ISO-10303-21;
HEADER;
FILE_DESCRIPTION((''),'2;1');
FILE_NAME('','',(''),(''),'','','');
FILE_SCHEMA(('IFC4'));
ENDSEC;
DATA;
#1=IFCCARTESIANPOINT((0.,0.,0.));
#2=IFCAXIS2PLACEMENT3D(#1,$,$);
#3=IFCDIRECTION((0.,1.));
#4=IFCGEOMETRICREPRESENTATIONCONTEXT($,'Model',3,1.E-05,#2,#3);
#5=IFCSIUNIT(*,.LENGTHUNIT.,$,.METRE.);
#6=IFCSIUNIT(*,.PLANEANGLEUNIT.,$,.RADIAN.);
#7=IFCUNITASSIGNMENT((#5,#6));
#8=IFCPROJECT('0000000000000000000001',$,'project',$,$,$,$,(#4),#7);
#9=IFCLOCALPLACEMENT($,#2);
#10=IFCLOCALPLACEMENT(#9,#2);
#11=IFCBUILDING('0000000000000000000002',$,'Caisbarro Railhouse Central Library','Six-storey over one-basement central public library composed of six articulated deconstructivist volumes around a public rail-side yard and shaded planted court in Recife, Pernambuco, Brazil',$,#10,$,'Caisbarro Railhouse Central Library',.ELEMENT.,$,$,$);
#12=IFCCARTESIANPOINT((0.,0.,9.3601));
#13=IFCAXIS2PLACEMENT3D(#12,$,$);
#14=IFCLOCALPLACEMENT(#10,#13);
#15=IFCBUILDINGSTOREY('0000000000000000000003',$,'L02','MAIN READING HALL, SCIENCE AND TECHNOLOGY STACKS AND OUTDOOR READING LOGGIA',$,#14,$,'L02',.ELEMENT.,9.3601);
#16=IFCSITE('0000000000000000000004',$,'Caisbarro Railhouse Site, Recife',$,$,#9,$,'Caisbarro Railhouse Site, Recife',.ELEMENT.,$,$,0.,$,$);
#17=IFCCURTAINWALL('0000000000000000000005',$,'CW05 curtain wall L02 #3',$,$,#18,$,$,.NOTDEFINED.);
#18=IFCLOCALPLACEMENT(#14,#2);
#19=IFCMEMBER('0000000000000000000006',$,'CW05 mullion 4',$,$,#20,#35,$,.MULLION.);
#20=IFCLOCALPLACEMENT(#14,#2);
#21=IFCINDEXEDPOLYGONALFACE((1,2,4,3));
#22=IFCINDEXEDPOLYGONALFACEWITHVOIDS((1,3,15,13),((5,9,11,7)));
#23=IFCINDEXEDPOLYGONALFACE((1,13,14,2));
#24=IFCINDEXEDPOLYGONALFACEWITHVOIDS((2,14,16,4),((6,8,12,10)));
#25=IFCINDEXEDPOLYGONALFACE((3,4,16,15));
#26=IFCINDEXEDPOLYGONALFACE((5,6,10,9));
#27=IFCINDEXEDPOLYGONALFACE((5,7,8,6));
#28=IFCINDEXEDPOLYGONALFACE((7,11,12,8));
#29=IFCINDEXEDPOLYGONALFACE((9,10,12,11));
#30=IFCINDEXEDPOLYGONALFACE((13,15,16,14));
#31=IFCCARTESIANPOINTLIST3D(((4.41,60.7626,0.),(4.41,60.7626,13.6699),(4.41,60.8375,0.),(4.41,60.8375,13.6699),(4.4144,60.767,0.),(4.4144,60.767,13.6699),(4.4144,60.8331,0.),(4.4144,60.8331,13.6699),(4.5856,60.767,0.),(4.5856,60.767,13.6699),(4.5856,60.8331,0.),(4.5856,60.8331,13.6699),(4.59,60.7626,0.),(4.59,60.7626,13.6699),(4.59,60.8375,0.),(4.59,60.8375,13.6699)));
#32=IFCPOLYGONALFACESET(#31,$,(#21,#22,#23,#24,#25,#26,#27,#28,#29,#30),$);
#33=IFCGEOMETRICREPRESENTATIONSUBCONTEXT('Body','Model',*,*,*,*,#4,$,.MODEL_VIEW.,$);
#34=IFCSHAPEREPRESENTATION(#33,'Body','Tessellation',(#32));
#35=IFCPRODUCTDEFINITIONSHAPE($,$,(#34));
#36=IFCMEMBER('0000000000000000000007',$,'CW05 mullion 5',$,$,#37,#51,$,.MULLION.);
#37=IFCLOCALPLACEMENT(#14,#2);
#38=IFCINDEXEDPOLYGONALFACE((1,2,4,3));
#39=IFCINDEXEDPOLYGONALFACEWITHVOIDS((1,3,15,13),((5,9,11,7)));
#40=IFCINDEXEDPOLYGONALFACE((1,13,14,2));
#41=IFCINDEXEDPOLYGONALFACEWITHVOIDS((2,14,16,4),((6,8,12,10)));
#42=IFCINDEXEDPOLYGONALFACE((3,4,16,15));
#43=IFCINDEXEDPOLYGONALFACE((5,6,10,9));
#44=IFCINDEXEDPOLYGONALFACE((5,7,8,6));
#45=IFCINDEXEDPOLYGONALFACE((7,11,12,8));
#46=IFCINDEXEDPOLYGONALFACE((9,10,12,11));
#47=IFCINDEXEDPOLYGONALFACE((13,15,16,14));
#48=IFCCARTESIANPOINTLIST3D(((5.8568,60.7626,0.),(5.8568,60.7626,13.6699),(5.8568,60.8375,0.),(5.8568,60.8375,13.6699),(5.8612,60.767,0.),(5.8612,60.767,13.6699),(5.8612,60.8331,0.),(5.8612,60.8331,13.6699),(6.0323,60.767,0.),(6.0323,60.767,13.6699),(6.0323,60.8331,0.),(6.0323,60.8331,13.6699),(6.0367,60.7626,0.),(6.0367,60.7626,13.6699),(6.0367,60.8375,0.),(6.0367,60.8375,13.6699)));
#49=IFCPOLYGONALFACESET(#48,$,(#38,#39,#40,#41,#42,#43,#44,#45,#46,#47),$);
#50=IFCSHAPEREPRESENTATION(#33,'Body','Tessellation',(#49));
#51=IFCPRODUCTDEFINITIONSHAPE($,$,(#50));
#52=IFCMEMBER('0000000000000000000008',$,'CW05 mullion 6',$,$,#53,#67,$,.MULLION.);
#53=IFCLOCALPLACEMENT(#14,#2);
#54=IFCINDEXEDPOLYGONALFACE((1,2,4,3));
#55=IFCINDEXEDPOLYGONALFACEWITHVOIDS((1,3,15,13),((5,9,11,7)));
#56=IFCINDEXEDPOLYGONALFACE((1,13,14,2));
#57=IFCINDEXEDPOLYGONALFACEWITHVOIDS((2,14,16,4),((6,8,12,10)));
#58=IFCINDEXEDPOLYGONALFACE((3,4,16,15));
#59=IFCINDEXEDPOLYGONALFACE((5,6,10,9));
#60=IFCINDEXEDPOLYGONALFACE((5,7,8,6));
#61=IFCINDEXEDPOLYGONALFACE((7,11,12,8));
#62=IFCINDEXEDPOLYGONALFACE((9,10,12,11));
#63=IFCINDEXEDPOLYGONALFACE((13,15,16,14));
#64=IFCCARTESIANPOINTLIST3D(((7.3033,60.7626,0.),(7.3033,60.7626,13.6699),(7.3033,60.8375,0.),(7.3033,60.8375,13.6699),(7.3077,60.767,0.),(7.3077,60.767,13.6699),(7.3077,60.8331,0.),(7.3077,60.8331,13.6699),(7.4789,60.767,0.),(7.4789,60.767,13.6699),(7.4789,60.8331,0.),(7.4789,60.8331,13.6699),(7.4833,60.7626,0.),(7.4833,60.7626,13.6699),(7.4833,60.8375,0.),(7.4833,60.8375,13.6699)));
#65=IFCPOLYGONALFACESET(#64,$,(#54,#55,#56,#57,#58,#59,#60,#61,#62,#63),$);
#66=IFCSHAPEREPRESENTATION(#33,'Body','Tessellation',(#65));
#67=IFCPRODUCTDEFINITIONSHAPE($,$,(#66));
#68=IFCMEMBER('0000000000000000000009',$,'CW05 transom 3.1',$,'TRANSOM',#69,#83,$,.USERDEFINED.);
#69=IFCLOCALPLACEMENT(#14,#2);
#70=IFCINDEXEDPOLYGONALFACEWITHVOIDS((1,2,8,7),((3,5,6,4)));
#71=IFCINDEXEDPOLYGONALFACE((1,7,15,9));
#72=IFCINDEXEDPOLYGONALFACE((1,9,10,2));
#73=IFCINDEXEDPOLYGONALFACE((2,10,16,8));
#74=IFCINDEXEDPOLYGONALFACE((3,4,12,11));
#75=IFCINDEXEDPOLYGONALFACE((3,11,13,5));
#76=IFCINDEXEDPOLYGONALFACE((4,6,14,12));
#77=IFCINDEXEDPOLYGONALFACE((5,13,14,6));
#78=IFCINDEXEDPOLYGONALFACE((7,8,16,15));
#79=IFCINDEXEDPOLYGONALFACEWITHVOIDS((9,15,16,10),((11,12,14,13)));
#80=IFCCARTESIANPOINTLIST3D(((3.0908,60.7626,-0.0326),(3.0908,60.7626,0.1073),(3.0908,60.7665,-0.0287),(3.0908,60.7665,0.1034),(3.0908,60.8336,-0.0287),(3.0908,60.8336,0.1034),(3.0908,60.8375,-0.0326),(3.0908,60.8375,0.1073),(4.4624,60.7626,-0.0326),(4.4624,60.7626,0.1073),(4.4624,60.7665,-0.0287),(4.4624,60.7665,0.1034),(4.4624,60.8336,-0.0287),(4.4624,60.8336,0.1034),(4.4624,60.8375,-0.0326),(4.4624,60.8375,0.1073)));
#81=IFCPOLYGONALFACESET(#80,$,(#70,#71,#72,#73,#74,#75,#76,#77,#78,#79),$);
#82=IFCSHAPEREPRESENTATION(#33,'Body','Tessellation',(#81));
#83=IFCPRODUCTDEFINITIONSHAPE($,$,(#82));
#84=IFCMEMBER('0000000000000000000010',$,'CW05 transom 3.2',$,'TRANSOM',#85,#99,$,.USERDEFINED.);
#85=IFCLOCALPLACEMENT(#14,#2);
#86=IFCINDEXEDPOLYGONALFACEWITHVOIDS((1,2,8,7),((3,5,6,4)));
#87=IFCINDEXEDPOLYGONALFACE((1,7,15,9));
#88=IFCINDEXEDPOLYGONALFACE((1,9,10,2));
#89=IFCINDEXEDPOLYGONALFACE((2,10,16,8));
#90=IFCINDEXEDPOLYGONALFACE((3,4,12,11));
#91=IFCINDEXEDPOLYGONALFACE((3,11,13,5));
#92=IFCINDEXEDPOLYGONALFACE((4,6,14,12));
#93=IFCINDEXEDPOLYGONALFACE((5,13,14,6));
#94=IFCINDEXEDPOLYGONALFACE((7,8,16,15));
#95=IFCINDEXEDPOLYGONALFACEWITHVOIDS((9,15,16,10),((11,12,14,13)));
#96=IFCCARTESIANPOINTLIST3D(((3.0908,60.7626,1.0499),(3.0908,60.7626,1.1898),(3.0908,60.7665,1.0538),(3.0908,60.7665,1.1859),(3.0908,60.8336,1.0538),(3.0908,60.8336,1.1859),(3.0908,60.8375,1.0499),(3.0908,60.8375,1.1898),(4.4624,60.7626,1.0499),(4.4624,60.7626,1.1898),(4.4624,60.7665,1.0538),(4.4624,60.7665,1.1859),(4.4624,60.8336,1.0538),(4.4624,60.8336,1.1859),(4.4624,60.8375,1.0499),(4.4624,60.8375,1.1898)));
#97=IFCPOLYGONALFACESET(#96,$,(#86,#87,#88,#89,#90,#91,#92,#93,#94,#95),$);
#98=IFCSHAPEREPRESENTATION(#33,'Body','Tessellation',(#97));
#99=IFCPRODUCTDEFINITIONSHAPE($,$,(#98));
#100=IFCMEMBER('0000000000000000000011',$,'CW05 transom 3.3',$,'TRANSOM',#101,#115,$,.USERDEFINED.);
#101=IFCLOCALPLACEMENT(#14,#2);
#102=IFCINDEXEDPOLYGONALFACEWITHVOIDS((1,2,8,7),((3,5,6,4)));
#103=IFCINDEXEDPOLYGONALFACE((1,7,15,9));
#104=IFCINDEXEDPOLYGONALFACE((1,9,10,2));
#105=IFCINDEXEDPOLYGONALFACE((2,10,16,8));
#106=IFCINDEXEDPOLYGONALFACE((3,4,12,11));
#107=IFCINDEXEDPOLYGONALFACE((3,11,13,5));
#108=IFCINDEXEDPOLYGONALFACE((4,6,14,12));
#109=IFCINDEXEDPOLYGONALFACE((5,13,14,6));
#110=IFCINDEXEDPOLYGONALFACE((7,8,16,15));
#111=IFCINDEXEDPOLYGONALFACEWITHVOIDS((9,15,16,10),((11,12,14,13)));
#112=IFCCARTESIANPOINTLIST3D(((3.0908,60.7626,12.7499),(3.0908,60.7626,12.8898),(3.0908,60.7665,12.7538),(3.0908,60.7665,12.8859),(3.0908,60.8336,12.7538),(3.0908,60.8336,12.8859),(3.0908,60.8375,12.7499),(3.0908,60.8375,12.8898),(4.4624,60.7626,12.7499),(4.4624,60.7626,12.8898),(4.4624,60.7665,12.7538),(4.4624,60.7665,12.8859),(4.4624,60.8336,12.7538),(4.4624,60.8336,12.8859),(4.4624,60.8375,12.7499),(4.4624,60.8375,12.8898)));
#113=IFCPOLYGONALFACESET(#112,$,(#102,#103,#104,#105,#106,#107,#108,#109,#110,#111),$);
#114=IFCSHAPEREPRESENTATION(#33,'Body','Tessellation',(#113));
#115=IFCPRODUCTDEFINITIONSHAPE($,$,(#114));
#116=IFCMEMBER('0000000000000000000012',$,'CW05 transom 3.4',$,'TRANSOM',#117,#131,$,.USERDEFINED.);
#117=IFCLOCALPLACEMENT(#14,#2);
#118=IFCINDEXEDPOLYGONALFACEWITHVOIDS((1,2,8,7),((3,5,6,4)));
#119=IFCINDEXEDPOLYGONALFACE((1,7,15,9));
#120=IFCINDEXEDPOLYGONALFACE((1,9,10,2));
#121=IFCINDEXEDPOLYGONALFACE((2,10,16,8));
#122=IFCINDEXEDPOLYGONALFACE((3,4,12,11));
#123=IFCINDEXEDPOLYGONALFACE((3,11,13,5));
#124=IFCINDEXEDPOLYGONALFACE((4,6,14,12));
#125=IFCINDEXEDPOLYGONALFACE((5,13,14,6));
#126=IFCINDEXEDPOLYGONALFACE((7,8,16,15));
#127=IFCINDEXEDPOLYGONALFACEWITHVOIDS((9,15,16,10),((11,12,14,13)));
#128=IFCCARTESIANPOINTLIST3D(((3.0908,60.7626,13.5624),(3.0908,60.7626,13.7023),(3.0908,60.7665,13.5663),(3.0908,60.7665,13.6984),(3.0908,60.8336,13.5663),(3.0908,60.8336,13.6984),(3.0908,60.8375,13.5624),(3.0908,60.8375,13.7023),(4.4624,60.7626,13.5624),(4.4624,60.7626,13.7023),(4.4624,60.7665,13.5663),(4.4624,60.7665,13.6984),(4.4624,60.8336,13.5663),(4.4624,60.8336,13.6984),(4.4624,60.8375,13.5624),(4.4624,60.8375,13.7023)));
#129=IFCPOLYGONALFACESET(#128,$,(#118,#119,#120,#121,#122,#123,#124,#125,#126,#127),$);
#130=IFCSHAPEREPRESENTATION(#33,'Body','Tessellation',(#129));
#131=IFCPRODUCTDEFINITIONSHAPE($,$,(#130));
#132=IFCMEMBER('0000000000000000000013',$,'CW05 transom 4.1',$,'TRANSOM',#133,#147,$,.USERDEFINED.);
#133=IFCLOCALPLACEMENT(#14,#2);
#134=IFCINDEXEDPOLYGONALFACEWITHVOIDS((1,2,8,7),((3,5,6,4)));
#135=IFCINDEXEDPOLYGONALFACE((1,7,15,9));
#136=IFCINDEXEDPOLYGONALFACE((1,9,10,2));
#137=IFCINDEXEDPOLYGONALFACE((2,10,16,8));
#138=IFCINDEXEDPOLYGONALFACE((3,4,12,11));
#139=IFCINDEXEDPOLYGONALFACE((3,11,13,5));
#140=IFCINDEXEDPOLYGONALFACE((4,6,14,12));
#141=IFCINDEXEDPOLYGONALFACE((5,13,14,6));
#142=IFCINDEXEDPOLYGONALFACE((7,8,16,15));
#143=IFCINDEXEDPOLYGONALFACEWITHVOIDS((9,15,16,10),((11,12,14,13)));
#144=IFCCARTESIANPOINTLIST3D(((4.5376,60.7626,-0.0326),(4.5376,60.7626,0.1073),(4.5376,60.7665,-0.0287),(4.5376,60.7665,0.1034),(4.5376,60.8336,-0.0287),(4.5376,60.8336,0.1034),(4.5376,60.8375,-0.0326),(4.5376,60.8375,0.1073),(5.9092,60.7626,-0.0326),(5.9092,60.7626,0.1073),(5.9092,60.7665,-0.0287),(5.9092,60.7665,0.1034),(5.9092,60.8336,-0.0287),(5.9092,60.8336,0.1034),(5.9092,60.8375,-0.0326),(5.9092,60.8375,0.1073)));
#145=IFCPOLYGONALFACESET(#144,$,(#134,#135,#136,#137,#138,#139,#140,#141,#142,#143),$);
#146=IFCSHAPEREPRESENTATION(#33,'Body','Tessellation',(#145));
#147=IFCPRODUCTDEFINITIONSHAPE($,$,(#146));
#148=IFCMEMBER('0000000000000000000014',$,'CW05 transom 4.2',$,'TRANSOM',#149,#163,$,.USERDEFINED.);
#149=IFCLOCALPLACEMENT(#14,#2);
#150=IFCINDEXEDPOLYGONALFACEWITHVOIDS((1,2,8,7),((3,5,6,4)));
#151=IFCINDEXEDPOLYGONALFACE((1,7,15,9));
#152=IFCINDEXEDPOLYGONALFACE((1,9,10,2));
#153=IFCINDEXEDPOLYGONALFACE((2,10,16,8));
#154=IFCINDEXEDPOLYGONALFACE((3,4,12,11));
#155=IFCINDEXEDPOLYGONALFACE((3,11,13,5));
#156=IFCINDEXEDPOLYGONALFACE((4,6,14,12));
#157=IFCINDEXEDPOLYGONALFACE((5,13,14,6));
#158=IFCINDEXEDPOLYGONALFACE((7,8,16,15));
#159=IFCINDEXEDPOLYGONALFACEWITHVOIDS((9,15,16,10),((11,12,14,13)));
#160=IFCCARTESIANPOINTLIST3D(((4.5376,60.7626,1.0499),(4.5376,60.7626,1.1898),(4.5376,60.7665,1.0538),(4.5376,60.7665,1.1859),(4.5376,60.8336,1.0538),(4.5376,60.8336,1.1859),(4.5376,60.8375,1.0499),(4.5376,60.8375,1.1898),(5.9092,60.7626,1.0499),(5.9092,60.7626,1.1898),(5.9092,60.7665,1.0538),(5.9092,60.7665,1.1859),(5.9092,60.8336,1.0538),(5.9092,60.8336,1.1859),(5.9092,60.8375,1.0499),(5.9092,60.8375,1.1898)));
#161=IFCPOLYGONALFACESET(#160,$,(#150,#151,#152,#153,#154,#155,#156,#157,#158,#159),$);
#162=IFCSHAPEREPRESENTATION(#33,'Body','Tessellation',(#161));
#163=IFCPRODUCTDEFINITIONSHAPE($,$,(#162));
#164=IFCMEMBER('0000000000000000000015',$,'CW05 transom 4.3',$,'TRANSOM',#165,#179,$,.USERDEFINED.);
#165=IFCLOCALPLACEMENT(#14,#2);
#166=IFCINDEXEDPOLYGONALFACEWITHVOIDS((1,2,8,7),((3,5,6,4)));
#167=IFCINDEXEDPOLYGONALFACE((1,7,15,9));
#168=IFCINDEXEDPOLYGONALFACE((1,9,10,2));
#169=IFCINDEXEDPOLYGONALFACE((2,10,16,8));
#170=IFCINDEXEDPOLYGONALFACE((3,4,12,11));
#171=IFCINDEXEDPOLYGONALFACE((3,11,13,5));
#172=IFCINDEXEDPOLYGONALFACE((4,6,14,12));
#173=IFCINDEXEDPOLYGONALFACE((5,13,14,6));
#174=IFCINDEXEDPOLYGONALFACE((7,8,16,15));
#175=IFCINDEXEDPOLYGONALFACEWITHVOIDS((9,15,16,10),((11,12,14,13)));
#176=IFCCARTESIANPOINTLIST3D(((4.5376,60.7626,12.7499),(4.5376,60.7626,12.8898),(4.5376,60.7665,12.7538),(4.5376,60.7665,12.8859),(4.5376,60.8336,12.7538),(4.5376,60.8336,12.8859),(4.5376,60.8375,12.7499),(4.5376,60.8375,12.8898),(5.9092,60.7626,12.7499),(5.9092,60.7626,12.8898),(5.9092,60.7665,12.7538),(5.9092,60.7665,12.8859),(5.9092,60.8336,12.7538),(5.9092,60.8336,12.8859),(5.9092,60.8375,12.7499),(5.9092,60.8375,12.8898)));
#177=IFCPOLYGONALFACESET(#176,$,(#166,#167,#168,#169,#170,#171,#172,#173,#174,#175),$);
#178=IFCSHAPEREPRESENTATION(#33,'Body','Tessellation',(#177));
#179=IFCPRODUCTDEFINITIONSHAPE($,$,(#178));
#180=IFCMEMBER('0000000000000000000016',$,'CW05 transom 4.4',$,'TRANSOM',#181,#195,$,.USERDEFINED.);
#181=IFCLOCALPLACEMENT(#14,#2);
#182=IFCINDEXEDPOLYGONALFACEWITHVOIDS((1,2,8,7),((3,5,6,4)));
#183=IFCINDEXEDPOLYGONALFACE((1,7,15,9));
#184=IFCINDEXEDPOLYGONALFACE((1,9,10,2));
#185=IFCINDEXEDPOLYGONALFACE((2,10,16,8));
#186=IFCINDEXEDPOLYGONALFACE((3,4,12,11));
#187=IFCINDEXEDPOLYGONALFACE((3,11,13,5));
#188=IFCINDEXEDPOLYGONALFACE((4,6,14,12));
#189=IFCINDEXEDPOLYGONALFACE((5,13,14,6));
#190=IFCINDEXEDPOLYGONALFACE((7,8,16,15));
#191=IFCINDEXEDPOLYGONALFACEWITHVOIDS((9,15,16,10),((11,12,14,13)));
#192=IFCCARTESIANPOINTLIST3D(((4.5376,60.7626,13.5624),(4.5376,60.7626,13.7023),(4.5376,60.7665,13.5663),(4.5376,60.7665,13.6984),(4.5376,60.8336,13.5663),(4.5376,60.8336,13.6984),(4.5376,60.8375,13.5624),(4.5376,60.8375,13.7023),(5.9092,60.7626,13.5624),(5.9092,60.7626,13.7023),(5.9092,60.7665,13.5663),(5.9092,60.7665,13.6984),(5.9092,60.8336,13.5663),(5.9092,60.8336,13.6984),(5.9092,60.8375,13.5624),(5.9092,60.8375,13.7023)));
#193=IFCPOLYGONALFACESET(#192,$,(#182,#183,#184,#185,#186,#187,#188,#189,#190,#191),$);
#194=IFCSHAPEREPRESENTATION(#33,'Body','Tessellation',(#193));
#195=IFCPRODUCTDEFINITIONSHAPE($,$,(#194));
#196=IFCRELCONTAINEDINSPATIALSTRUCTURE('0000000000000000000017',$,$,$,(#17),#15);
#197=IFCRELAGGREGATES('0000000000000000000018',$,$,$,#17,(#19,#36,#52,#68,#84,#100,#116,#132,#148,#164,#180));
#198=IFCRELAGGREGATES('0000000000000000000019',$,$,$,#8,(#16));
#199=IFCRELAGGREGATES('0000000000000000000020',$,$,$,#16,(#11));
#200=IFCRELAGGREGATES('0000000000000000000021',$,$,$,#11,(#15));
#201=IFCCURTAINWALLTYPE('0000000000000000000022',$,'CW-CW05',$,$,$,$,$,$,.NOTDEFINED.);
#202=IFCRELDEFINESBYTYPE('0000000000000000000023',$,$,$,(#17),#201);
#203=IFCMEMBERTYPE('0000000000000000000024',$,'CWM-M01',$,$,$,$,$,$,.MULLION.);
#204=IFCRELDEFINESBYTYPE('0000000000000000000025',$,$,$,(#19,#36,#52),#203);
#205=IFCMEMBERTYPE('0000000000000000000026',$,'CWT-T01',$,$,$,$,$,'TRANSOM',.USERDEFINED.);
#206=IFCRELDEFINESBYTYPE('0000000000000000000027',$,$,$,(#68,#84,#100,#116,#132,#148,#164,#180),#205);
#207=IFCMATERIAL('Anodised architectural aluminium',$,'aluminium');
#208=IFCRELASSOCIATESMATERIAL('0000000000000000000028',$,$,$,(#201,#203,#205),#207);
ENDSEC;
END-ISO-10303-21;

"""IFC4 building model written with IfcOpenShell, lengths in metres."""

from ifc_helpers import new_model, si_unit, direction, frame, origin, origin_2d, place, context, subcontext, project, spatial, hollow_rectangle, extrude, material, material_profile, profile_set, type_object, element, aggregate, save


model = new_model("IFC4")

# Units and contexts
model_context = context("Model", 3, precision=1e-05, world=origin(), true_north=direction((0.0, 1.0)))
body_context = subcontext(model_context, "Body", "Model", "MODEL_VIEW")
ifc_project = project(units=[si_unit("LENGTHUNIT", "METRE"), si_unit("PLANEANGLEUNIT", "RADIAN")], contexts=[model_context])

# Site, building, storey
site_placement = place(None, origin())
site = spatial("IfcSite", under=ifc_project, at=site_placement, Name="Caisbarro Railhouse Site, Recife", LongName="Caisbarro Railhouse Site, Recife", CompositionType="ELEMENT", RefElevation=0.0)
building_placement = place(site_placement, origin())
building = spatial("IfcBuilding", under=site, at=building_placement, Name="Caisbarro Railhouse Central Library", Description="Six-storey over one-basement central public library composed of six articulated deconstructivist volumes around a public rail-side yard and shaded planted court in Recife, Pernambuco, Brazil", LongName="Caisbarro Railhouse Central Library", CompositionType="ELEMENT")
storey_placement = place(building_placement, frame((0.0, 0.0, 9.3601)))
storey = spatial("IfcBuildingStorey", under=building, at=storey_placement, Name="L02", Description="MAIN READING HALL, SCIENCE AND TECHNOLOGY STACKS AND OUTDOOR READING LOGGIA", LongName="L02", CompositionType="ELEMENT", Elevation=9.3601)

# Curtain wall, members
ifc_material_1 = material(Name="Anodised architectural aluminium", Category="aluminium")
curtain_wall_type = type_object("IfcCurtainWallType", Name="CW-CW05", PredefinedType="NOTDEFINED", material=ifc_material_1)
curtain_wall_placement = place(storey_placement, origin())
curtain_wall = element("IfcCurtainWall", 1, at=curtain_wall_placement, inside=storey, type_object=curtain_wall_type, Name="CW05 curtain wall L02 #3", PredefinedType="NOTDEFINED")
ifc_material_profile_1 = material_profile(ifc_material_1, hollow_rectangle(XDim=0.075, YDim=0.1799, WallThickness=0.0044, at=origin_2d()), Name="ALU-MUL-75X180")
ifc_profile_set_1 = profile_set([ifc_material_profile_1], Name="Anodised architectural aluminium")
member_type_1 = type_object("IfcMemberType", Name="CWM-M01", PredefinedType="MULLION", material=ifc_profile_set_1)
member_1_placement = place(storey_placement, frame((4.5, 60.8, 0.0), z_axis=(0.0, 0.0, 1.0), x_axis=(0.0, 1.0, 0.0)))
member_1 = element("IfcMember", 2, at=member_1_placement, type_object=member_type_1, Name="CW05 mullion 4", PredefinedType="MULLION", context=body_context, shape_type="SweptSolid", body=[
    extrude(hollow_rectangle(XDim=0.075, YDim=0.1799, WallThickness=0.0044, at=origin_2d()), origin(), (0.0, 0.0, 1.0), 13.6699),
])
member_2_placement = place(storey_placement, frame((5.9468, 60.8, 0.0), z_axis=(0.0, 0.0, 1.0), x_axis=(0.0, 1.0, 0.0)))
member_2 = element("IfcMember", 3, at=member_2_placement, type_object=member_type_1, Name="CW05 mullion 5", PredefinedType="MULLION", context=body_context, shape_type="SweptSolid", body=[
    extrude(hollow_rectangle(XDim=0.075, YDim=0.1799, WallThickness=0.0044, at=origin_2d()), origin(), (0.0, 0.0, 1.0), 13.6699),
])
member_3_placement = place(storey_placement, frame((7.3933, 60.8, 0.0), z_axis=(0.0, 0.0, 1.0), x_axis=(0.0, 1.0, 0.0)))
member_3 = element("IfcMember", 4, at=member_3_placement, type_object=member_type_1, Name="CW05 mullion 6", PredefinedType="MULLION", context=body_context, shape_type="SweptSolid", body=[
    extrude(hollow_rectangle(XDim=0.075, YDim=0.1799, WallThickness=0.0044, at=origin_2d()), origin(), (0.0, 0.0, 1.0), 13.6699),
])
ifc_material_profile_2 = material_profile(ifc_material_1, hollow_rectangle(XDim=0.075, YDim=0.1399, WallThickness=0.0039, at=origin_2d()), Name="ALU-TRN-75X140")
ifc_profile_set_2 = profile_set([ifc_material_profile_2], Name="Anodised architectural aluminium")
member_type_2 = type_object("IfcMemberType", Name="CWT-T01", ElementType="TRANSOM", PredefinedType="USERDEFINED", material=ifc_profile_set_2)
member_4_placement = place(storey_placement, frame((3.0908, 60.8, 0.0374), z_axis=(1.0, 0.0, 0.0), x_axis=(0.0, 1.0, 0.0)))
member_4 = element("IfcMember", 5, at=member_4_placement, type_object=member_type_2, Name="CW05 transom 3.1", ObjectType="TRANSOM", PredefinedType="USERDEFINED", context=body_context, shape_type="SweptSolid", body=[
    extrude(hollow_rectangle(XDim=0.075, YDim=0.1399, WallThickness=0.0039, at=origin_2d()), origin(), (0.0, 0.0, 1.0), 1.3716),
])
member_5_placement = place(storey_placement, frame((3.0908, 60.8, 1.1199), z_axis=(1.0, 0.0, 0.0), x_axis=(0.0, 1.0, 0.0)))
member_5 = element("IfcMember", 6, at=member_5_placement, type_object=member_type_2, Name="CW05 transom 3.2", ObjectType="TRANSOM", PredefinedType="USERDEFINED", context=body_context, shape_type="SweptSolid", body=[
    extrude(hollow_rectangle(XDim=0.075, YDim=0.1399, WallThickness=0.0039, at=origin_2d()), origin(), (0.0, 0.0, 1.0), 1.3716),
])
member_6_placement = place(storey_placement, frame((3.0908, 60.8, 12.8198), z_axis=(1.0, 0.0, 0.0), x_axis=(0.0, 1.0, 0.0)))
member_6 = element("IfcMember", 7, at=member_6_placement, type_object=member_type_2, Name="CW05 transom 3.3", ObjectType="TRANSOM", PredefinedType="USERDEFINED", context=body_context, shape_type="SweptSolid", body=[
    extrude(hollow_rectangle(XDim=0.075, YDim=0.1399, WallThickness=0.0039, at=origin_2d()), origin(), (0.0, 0.0, 1.0), 1.3716),
])
member_7_placement = place(storey_placement, frame((3.0908, 60.8, 13.6323), z_axis=(1.0, 0.0, 0.0), x_axis=(0.0, 1.0, 0.0)))
member_7 = element("IfcMember", 8, at=member_7_placement, type_object=member_type_2, Name="CW05 transom 3.4", ObjectType="TRANSOM", PredefinedType="USERDEFINED", context=body_context, shape_type="SweptSolid", body=[
    extrude(hollow_rectangle(XDim=0.075, YDim=0.1399, WallThickness=0.0039, at=origin_2d()), origin(), (0.0, 0.0, 1.0), 1.3716),
])
member_8_placement = place(storey_placement, frame((4.5376, 60.8, 0.0374), z_axis=(1.0, 0.0, 0.0), x_axis=(0.0, 1.0, 0.0)))
member_8 = element("IfcMember", 9, at=member_8_placement, type_object=member_type_2, Name="CW05 transom 4.1", ObjectType="TRANSOM", PredefinedType="USERDEFINED", context=body_context, shape_type="SweptSolid", body=[
    extrude(hollow_rectangle(XDim=0.075, YDim=0.1399, WallThickness=0.0039, at=origin_2d()), origin(), (0.0, 0.0, 1.0), 1.3716),
])
member_9_placement = place(storey_placement, frame((4.5376, 60.8, 1.1199), z_axis=(1.0, 0.0, 0.0), x_axis=(0.0, 1.0, 0.0)))
member_9 = element("IfcMember", 10, at=member_9_placement, type_object=member_type_2, Name="CW05 transom 4.2", ObjectType="TRANSOM", PredefinedType="USERDEFINED", context=body_context, shape_type="SweptSolid", body=[
    extrude(hollow_rectangle(XDim=0.075, YDim=0.1399, WallThickness=0.0039, at=origin_2d()), origin(), (0.0, 0.0, 1.0), 1.3716),
])
member_10_placement = place(storey_placement, frame((4.5376, 60.8, 12.8198), z_axis=(1.0, 0.0, 0.0), x_axis=(0.0, 1.0, 0.0)))
member_10 = element("IfcMember", 11, at=member_10_placement, type_object=member_type_2, Name="CW05 transom 4.3", ObjectType="TRANSOM", PredefinedType="USERDEFINED", context=body_context, shape_type="SweptSolid", body=[
    extrude(hollow_rectangle(XDim=0.075, YDim=0.1399, WallThickness=0.0039, at=origin_2d()), origin(), (0.0, 0.0, 1.0), 1.3716),
])
member_11_placement = place(storey_placement, frame((4.5376, 60.8, 13.6323), z_axis=(1.0, 0.0, 0.0), x_axis=(0.0, 1.0, 0.0)))
member_11 = element("IfcMember", 12, at=member_11_placement, type_object=member_type_2, Name="CW05 transom 4.4", ObjectType="TRANSOM", PredefinedType="USERDEFINED", context=body_context, shape_type="SweptSolid", body=[
    extrude(hollow_rectangle(XDim=0.075, YDim=0.1399, WallThickness=0.0039, at=origin_2d()), origin(), (0.0, 0.0, 1.0), 1.3716),
])
aggregate(curtain_wall, [member_1, member_2, member_3, member_4, member_5, member_6, member_7, member_8, member_9, member_10, member_11])

save(model, "model.ifc")
